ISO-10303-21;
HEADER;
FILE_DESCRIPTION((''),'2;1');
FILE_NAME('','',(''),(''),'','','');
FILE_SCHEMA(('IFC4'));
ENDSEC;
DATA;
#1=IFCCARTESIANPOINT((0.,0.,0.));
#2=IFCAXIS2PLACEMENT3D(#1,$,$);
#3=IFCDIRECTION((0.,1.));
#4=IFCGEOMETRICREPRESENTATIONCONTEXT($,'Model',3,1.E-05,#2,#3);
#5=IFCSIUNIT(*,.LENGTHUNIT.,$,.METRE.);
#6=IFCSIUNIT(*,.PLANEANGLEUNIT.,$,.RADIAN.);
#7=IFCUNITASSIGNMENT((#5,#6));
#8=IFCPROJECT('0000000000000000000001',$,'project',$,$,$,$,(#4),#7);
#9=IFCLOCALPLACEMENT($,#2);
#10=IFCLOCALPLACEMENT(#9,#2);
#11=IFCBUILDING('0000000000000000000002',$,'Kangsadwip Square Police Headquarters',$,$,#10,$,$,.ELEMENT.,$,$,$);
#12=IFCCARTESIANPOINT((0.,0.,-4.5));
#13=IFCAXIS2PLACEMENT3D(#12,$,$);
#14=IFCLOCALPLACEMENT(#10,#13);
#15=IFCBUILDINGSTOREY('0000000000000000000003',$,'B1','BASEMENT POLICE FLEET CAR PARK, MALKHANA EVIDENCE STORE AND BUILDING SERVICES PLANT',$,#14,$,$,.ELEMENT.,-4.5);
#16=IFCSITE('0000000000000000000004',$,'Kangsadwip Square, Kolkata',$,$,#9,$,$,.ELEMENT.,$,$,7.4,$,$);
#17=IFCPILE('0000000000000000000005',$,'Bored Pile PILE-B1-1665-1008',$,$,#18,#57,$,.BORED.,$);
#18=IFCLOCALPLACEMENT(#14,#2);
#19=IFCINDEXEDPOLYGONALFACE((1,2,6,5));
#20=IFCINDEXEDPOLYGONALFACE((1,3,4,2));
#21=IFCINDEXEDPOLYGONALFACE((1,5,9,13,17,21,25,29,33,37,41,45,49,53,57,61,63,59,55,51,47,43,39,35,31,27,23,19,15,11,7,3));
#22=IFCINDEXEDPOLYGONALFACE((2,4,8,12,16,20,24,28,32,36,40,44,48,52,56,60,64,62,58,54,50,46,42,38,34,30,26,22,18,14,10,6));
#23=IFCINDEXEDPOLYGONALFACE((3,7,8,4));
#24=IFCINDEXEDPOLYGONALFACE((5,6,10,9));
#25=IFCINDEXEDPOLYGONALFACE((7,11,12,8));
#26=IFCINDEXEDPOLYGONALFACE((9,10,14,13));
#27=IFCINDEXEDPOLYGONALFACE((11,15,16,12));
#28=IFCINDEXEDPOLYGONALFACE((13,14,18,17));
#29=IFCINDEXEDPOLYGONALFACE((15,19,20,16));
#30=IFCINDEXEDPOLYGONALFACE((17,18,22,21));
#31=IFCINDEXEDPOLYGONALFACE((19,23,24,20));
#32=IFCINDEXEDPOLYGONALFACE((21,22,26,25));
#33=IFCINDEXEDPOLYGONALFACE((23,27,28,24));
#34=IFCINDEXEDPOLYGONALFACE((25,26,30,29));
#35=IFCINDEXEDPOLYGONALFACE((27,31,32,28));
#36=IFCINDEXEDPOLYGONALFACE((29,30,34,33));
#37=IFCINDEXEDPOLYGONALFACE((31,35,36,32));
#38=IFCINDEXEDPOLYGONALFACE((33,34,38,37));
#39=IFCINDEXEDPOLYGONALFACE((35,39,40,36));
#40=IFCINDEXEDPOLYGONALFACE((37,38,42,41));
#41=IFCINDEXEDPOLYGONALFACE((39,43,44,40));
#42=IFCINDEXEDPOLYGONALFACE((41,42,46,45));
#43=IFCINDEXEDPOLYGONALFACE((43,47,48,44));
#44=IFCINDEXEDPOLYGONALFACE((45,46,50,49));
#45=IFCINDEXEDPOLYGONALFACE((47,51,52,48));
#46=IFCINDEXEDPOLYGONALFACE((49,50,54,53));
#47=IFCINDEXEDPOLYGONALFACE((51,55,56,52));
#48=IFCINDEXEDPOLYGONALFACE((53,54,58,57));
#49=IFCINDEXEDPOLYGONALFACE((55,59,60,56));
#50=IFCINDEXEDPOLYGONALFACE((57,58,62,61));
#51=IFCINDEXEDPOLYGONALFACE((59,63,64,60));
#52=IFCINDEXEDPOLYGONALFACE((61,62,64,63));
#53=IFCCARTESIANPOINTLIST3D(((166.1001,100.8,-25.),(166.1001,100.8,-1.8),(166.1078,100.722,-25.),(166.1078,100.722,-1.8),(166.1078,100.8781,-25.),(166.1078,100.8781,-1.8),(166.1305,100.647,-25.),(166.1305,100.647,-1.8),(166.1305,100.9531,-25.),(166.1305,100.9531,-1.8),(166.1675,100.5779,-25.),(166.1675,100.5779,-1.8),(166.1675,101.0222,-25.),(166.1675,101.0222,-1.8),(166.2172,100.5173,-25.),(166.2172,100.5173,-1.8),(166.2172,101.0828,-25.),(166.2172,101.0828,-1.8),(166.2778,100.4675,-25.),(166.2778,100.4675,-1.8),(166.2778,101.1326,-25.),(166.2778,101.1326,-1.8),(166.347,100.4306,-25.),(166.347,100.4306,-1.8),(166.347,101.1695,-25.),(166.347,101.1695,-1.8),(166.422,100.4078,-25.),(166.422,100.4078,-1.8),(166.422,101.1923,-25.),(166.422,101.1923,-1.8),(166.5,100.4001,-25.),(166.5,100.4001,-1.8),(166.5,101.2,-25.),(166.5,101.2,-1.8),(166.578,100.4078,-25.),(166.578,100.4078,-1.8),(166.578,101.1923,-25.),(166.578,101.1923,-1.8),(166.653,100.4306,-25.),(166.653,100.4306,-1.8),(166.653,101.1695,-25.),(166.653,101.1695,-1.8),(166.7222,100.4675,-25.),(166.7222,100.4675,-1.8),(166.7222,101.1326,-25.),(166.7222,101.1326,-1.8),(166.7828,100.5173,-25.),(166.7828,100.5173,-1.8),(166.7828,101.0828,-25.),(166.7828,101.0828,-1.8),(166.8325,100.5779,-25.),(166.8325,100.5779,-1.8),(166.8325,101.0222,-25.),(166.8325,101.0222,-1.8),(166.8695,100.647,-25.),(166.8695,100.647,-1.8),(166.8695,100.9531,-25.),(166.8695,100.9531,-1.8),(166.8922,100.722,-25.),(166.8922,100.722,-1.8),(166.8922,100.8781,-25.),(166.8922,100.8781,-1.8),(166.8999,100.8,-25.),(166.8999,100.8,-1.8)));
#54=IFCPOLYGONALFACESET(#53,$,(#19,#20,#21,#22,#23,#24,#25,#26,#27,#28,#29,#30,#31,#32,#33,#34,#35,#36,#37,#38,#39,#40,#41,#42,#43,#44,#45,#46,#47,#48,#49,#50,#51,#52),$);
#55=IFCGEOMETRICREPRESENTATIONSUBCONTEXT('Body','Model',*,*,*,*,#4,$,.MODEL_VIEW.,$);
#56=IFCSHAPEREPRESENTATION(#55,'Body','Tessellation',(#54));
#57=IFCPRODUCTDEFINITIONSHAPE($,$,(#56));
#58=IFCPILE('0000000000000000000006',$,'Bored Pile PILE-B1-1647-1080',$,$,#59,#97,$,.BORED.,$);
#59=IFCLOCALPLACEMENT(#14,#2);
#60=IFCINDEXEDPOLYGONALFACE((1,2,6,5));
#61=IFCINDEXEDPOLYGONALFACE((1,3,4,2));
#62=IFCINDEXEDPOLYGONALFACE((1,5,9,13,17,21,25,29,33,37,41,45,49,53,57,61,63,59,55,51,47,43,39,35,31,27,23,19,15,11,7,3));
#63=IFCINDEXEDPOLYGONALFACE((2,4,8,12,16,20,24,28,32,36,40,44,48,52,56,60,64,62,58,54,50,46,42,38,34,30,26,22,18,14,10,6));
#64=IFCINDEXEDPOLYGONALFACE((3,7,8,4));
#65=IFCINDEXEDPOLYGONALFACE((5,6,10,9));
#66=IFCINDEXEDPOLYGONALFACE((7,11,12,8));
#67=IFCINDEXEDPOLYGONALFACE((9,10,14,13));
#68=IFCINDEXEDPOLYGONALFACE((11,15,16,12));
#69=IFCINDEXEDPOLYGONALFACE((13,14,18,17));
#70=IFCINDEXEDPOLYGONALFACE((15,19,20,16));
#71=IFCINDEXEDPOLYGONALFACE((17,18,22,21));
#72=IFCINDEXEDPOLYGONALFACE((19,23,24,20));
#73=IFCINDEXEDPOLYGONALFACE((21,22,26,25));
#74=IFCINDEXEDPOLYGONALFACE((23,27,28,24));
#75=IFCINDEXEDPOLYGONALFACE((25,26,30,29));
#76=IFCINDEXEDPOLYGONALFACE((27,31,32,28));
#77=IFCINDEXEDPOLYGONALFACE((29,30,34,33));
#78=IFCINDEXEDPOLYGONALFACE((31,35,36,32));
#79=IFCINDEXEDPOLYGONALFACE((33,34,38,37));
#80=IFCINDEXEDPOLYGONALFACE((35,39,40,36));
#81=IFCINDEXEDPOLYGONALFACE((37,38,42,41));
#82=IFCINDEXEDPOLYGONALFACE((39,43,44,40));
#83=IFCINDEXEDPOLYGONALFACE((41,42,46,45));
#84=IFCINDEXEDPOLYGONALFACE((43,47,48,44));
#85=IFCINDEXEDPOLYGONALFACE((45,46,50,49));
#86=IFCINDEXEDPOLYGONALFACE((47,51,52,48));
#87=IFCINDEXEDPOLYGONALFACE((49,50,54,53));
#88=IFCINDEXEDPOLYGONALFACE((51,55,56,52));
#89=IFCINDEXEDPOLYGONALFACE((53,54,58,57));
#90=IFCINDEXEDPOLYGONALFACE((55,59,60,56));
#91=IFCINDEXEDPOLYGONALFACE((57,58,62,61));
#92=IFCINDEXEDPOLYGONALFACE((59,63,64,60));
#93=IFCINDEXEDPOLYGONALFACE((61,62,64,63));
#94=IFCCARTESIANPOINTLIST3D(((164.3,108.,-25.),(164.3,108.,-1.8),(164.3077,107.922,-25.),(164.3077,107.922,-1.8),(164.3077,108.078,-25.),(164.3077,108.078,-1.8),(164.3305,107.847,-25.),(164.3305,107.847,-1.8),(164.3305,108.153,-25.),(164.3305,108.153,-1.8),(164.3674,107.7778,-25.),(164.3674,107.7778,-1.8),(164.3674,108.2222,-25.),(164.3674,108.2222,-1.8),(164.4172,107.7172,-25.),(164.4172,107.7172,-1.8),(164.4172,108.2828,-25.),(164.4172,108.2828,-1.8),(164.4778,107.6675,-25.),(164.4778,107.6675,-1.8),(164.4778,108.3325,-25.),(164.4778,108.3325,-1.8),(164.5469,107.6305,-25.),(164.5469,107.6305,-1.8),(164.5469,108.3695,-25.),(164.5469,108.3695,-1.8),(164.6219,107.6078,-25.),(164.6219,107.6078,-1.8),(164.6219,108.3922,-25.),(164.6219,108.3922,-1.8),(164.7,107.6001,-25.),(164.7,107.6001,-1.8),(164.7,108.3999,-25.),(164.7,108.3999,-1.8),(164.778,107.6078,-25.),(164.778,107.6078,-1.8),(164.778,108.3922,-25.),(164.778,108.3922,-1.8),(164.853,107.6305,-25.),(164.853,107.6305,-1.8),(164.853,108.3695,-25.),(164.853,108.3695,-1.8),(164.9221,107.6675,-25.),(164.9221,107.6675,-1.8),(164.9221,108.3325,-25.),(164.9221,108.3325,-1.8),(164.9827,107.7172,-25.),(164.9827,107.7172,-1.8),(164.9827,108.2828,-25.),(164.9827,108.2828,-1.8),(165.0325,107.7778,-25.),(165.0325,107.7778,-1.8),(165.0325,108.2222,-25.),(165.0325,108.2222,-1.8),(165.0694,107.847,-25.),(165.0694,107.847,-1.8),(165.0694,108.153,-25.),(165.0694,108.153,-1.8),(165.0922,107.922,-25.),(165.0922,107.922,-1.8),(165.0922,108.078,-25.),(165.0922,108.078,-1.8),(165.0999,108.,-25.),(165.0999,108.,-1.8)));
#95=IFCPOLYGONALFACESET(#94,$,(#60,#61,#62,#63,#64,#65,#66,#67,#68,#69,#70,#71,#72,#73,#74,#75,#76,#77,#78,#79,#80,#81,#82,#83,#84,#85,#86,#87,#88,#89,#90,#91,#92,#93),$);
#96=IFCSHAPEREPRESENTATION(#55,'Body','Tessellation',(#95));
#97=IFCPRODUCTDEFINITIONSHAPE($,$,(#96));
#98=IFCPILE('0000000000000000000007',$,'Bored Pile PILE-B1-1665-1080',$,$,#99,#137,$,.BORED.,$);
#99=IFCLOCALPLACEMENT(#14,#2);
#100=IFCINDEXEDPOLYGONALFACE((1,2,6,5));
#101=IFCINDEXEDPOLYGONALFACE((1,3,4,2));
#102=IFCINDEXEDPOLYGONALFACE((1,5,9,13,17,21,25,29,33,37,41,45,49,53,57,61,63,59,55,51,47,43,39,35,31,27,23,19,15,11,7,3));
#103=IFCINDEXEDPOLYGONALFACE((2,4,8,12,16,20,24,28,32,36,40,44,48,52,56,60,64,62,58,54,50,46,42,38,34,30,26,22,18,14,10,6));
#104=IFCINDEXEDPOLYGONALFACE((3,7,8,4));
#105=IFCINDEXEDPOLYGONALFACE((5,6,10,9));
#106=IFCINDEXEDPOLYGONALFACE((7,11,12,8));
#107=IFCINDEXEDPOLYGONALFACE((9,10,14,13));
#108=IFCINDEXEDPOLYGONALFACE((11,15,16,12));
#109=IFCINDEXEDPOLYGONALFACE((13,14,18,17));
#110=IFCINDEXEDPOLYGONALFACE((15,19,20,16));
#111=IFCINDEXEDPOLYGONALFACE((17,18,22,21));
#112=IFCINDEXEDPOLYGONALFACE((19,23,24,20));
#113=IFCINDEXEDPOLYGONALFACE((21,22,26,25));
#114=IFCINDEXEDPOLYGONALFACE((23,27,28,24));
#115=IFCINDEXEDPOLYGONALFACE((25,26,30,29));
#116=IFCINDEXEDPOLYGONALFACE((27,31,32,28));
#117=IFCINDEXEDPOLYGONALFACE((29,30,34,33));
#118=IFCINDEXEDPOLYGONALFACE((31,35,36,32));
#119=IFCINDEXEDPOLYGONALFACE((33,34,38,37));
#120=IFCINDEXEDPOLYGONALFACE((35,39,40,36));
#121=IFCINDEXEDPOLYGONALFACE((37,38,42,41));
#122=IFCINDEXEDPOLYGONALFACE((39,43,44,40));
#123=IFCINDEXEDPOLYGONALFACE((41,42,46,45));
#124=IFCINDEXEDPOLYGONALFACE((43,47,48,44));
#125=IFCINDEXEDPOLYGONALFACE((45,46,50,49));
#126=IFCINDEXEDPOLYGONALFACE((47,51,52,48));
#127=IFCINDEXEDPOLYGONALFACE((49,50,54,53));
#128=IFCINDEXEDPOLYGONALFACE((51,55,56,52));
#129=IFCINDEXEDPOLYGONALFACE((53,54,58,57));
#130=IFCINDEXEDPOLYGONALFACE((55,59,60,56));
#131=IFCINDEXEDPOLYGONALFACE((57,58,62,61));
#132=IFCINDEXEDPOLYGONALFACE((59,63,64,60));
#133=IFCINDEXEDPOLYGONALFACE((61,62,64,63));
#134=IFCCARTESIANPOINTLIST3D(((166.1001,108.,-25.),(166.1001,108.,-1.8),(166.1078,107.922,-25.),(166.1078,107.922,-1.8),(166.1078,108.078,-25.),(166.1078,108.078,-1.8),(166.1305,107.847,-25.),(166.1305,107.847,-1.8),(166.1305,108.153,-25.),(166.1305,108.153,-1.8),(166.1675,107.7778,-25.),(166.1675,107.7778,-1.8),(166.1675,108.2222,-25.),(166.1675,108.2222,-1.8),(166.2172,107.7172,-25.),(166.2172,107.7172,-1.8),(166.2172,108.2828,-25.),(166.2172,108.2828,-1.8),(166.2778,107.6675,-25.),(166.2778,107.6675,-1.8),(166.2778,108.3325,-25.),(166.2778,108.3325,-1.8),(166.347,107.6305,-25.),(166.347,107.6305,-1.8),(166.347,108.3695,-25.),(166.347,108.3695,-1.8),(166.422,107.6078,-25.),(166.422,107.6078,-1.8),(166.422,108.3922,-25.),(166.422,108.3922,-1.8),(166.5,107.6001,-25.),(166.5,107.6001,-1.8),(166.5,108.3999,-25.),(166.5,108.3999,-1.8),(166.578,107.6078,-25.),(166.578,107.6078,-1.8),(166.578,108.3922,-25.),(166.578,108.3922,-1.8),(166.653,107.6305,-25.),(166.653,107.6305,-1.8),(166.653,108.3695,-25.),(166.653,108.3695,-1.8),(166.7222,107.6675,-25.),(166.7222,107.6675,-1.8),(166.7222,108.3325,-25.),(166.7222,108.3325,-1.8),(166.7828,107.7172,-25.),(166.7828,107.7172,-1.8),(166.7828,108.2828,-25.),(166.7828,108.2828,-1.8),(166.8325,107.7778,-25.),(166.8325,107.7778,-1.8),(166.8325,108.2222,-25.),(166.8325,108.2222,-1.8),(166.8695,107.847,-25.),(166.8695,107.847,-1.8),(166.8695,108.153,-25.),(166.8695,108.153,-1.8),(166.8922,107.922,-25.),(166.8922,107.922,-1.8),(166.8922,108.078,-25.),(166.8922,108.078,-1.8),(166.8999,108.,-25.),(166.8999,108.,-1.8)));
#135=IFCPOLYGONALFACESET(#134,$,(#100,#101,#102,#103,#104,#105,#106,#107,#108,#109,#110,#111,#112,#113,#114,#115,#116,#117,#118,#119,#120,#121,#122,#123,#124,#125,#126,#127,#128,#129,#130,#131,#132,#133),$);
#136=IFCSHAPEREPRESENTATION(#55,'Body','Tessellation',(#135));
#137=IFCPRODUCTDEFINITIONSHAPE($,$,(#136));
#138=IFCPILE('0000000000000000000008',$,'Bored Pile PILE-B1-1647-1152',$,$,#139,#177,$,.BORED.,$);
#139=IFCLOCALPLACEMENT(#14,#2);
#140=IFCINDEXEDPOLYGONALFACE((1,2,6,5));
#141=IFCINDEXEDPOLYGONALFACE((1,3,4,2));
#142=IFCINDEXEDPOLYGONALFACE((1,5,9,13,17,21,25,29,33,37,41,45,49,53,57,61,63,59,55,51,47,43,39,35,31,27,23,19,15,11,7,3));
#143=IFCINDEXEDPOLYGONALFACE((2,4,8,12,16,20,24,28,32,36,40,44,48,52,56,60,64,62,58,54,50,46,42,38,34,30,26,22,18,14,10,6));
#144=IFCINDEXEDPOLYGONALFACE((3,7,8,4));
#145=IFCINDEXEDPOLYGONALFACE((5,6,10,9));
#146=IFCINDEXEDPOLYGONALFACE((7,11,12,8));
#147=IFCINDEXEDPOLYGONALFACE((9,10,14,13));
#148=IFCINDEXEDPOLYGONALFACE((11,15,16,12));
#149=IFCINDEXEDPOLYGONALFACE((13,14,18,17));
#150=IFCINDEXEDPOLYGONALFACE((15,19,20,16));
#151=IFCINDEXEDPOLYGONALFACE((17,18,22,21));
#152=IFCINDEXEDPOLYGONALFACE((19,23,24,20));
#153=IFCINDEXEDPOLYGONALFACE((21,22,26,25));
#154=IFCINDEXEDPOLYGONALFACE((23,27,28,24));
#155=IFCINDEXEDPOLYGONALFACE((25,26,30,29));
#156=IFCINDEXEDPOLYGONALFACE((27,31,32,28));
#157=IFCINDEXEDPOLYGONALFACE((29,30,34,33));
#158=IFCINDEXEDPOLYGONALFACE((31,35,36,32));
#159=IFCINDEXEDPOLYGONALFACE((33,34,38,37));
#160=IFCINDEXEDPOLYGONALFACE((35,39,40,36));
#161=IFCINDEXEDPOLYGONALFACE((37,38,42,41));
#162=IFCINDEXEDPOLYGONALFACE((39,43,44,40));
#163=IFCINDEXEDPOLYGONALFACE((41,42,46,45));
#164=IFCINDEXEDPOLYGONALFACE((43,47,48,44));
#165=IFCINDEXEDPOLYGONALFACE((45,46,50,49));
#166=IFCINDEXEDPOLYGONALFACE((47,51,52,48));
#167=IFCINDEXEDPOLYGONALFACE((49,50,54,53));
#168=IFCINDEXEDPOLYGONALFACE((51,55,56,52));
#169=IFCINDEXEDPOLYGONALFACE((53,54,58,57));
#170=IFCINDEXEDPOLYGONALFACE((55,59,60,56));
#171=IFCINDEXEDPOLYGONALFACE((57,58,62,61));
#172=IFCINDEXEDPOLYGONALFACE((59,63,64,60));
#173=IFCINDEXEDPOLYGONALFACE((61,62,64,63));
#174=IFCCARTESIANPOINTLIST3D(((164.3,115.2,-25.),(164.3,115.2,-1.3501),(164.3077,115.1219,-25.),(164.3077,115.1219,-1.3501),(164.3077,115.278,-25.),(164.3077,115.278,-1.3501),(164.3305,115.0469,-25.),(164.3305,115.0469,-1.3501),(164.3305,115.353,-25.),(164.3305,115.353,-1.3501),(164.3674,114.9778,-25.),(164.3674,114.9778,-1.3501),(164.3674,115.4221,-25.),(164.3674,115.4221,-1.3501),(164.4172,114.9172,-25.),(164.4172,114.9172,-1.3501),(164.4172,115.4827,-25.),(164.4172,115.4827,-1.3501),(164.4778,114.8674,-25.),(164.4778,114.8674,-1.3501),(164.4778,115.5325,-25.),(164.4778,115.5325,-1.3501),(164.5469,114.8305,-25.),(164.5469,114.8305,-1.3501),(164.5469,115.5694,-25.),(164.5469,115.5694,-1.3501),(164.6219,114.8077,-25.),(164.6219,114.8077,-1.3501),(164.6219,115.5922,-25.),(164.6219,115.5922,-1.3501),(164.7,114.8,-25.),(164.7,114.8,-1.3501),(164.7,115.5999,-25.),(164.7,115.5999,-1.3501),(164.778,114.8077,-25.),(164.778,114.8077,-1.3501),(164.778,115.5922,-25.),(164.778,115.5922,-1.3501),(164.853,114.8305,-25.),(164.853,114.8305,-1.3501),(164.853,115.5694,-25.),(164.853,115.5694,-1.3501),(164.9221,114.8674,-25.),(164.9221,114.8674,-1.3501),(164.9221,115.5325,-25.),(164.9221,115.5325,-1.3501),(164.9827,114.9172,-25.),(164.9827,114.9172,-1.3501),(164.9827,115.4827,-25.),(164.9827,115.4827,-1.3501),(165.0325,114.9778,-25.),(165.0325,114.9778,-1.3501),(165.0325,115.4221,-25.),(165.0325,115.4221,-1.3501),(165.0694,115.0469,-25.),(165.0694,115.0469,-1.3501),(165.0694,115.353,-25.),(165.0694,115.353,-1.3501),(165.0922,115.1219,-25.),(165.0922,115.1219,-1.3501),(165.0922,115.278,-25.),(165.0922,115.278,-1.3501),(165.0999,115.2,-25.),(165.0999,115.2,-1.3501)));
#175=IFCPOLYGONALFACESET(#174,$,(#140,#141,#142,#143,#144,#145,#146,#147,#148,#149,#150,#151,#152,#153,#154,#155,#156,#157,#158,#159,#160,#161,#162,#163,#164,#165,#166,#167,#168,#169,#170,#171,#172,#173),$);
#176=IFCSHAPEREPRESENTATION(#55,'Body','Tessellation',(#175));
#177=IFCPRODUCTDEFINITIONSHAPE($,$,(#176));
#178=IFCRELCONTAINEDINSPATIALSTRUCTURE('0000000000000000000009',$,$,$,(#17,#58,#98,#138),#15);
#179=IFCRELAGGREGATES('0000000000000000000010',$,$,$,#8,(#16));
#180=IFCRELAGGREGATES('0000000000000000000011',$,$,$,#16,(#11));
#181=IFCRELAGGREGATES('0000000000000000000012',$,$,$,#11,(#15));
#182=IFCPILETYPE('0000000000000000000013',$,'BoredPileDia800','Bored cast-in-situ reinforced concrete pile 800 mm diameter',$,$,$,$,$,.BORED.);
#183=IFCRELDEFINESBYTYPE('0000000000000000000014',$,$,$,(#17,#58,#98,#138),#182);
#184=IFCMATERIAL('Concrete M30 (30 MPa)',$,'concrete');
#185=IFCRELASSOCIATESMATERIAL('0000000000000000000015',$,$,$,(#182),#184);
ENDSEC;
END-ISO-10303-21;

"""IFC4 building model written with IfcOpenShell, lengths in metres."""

from ifc_helpers import new_model, si_unit, direction, frame, origin, origin_2d, place, context, subcontext, project, spatial, circle, extrude, material, material_profile, profile_set, type_object, element, save


model = new_model("IFC4")

# Units and contexts
model_context = context("Model", 3, precision=1e-05, world=origin(), true_north=direction((0.0, 1.0)))
body_context = subcontext(model_context, "Body", "Model", "MODEL_VIEW")
ifc_project = project(units=[si_unit("LENGTHUNIT", "METRE"), si_unit("PLANEANGLEUNIT", "RADIAN")], contexts=[model_context])

# Site, building, storey
site_placement = place(None, origin())
site = spatial("IfcSite", under=ifc_project, at=site_placement, Name="Kangsadwip Square, Kolkata", CompositionType="ELEMENT", RefElevation=7.4)
building_placement = place(site_placement, origin())
building = spatial("IfcBuilding", under=site, at=building_placement, Name="Kangsadwip Square Police Headquarters", CompositionType="ELEMENT")
storey_placement = place(building_placement, frame((0.0, 0.0, -4.5)))
storey = spatial("IfcBuildingStorey", under=building, at=storey_placement, Name="B1", Description="BASEMENT POLICE FLEET CAR PARK, MALKHANA EVIDENCE STORE AND BUILDING SERVICES PLANT", CompositionType="ELEMENT", Elevation=-4.5)

# Piles
ifc_material_1 = material(Name="Concrete M30 (30 MPa)", Category="concrete")
ifc_material_profile_1 = material_profile(ifc_material_1, circle(Radius=0.3999, at=origin_2d()), Name="PILE DIA 800")
ifc_profile_set_1 = profile_set([ifc_material_profile_1], Name="Concrete M30 (30 MPa)")
pile_type = type_object("IfcPileType", Name="BoredPileDia800", Description="Bored cast-in-situ reinforced concrete pile 800 mm diameter", PredefinedType="BORED", material=ifc_profile_set_1)
for number, where, z_axis, x_axis, name in (
    (1, (166.5, 100.8, -1.8), (0.0, 0.0, -1.0), (1.0, 0.0, 0.0), "Bored Pile PILE-B1-1665-1008"),
    (2, (164.7, 108.0, -1.8), (0.0, 0.0, -1.0), (1.0, 0.0, 0.0), "Bored Pile PILE-B1-1647-1080"),
    (3, (166.5, 108.0, -1.8), (0.0, 0.0, -1.0), (1.0, 0.0, 0.0), "Bored Pile PILE-B1-1665-1080"),
):
    element("IfcPile", number, at=place(storey_placement, frame(where, z_axis=z_axis, x_axis=x_axis)), inside=storey, type_object=pile_type, Name=name, PredefinedType="BORED", context=body_context, shape_type="SweptSolid", body=[
        extrude(circle(Radius=0.3999, at=origin_2d()), origin(), (0.0, 0.0, 1.0), 23.2),
    ])
for number, where, z_axis, x_axis, name in (
    (4, (164.7, 115.2, -1.3501), (0.0, 0.0, -1.0), (1.0, 0.0, 0.0), "Bored Pile PILE-B1-1647-1152"),
):
    element("IfcPile", number, at=place(storey_placement, frame(where, z_axis=z_axis, x_axis=x_axis)), inside=storey, type_object=pile_type, Name=name, PredefinedType="BORED", context=body_context, shape_type="SweptSolid", body=[
        extrude(circle(Radius=0.3999, at=origin_2d()), origin(), (0.0, 0.0, 1.0), 23.6499),
    ])

save(model, "model.ifc")
